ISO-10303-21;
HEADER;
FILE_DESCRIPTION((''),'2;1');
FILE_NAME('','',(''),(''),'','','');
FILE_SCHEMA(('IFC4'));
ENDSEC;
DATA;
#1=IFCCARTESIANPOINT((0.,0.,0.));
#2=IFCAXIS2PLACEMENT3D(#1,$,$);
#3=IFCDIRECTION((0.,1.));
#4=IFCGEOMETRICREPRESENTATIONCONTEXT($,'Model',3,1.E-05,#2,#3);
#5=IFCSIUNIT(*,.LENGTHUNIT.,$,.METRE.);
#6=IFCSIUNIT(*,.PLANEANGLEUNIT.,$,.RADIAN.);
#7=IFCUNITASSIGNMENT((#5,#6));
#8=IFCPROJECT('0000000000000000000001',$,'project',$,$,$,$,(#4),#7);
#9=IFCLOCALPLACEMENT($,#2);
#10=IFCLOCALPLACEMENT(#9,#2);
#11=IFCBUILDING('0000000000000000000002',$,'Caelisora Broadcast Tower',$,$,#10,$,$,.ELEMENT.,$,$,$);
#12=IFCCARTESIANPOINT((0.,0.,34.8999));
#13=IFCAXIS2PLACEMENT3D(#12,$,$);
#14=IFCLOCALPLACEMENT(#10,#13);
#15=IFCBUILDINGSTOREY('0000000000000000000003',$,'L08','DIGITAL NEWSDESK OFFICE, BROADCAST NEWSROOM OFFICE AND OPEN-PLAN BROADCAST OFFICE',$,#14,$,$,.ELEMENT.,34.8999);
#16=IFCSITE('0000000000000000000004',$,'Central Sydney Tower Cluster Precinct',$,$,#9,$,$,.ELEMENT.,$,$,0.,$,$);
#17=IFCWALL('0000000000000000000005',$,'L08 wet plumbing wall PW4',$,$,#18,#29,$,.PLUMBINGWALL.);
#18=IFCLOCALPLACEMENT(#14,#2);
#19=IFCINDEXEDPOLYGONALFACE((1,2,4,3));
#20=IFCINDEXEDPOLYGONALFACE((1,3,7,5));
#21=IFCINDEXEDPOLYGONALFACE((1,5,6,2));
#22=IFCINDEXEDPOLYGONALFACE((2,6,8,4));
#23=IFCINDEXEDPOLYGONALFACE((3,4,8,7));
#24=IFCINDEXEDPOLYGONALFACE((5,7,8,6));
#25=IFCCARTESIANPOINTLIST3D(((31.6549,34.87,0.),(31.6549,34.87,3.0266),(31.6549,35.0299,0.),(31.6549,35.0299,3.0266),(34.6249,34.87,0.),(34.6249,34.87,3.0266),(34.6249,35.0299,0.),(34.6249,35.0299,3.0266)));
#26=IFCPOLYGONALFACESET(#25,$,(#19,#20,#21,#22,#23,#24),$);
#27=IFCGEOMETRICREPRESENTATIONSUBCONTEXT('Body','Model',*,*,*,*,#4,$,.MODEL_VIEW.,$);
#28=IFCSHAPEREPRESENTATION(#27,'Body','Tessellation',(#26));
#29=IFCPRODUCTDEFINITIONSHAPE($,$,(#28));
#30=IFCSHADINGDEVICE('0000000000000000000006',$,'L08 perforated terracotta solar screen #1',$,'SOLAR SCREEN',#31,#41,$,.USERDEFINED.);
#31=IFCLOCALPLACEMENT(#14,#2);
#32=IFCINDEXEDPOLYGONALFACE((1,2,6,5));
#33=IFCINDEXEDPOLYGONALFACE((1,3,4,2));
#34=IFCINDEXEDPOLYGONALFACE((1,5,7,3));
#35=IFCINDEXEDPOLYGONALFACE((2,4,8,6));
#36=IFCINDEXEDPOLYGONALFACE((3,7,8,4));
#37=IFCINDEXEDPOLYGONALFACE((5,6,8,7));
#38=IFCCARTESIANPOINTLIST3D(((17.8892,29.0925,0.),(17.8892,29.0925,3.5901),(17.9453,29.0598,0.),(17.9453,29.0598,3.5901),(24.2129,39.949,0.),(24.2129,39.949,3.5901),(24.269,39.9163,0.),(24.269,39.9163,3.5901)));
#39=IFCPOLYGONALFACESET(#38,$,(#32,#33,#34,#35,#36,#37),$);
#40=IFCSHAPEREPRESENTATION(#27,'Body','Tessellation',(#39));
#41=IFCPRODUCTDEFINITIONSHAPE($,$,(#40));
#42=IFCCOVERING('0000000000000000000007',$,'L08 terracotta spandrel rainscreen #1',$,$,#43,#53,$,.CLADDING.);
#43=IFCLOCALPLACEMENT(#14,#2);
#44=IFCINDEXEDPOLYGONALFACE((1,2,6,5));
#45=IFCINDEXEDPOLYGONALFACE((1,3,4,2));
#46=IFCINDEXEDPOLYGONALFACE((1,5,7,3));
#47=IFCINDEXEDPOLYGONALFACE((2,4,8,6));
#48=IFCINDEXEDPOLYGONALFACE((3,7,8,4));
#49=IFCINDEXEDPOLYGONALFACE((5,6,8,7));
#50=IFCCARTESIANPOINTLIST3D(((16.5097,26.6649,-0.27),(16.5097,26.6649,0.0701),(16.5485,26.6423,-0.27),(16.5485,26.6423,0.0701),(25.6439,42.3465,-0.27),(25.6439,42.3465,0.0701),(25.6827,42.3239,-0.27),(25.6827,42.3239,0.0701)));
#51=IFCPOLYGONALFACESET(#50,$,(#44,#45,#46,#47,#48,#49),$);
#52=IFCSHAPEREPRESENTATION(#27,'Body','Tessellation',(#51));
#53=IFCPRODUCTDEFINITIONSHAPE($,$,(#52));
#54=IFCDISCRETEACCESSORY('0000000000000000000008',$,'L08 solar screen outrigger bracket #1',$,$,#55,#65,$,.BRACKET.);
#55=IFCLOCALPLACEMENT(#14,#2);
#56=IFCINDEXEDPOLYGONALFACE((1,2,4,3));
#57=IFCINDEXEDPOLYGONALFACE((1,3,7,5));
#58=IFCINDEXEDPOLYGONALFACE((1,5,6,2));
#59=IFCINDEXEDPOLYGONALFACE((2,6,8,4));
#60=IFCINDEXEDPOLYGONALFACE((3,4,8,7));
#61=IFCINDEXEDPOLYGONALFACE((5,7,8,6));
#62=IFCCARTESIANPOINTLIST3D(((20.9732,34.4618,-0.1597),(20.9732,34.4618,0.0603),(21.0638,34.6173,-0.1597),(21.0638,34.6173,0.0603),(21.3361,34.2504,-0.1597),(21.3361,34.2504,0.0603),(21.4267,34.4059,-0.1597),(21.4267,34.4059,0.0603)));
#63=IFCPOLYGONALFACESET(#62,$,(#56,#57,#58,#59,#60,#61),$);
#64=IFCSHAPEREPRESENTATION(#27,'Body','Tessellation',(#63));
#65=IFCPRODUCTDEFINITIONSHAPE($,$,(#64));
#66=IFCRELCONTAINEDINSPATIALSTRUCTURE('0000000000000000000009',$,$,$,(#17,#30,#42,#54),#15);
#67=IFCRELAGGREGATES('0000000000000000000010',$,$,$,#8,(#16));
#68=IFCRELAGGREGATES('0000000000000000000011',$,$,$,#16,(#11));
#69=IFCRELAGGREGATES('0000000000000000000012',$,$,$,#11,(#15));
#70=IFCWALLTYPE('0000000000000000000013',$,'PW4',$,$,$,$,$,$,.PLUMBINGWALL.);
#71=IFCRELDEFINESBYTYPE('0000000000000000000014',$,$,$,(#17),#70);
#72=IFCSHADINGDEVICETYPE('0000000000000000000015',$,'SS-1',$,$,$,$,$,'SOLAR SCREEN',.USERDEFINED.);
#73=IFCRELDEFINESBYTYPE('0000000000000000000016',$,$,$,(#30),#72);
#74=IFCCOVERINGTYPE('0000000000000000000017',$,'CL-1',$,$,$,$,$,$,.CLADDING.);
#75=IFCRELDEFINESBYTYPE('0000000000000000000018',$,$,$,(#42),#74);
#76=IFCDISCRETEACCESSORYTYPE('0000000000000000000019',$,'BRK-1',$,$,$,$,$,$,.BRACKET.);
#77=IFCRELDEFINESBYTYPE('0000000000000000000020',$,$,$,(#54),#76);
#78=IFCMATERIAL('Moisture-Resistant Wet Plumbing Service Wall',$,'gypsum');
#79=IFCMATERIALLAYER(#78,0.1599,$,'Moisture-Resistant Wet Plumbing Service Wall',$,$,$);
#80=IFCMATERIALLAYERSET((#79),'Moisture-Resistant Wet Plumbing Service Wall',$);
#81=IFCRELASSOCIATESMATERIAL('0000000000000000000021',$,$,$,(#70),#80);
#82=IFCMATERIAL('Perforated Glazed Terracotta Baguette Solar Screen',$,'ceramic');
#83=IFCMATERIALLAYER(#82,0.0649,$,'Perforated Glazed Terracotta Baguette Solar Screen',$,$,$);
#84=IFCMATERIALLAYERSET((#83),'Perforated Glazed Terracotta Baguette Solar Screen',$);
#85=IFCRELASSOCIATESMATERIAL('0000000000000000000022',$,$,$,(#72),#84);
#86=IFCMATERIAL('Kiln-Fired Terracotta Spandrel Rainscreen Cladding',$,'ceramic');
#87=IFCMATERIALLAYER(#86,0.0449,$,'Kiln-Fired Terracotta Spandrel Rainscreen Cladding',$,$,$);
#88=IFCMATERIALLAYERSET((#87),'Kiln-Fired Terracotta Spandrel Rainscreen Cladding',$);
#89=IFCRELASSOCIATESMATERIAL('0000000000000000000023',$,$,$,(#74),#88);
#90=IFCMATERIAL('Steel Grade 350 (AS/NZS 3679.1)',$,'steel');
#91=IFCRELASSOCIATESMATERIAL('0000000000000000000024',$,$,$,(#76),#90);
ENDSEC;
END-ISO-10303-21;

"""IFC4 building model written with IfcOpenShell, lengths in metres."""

from ifc_helpers import new_model, si_unit, direction, frame, frame_2d, origin, origin_2d, place, context, subcontext, project, spatial, rectangle, extrude, source, transform, mapped, material, layer, layer_set, type_object, type_shapes, element, save


model = new_model("IFC4")

# Units and contexts
model_context = context("Model", 3, precision=1e-05, world=origin(), true_north=direction((0.0, 1.0)))
body_context = subcontext(model_context, "Body", "Model", "MODEL_VIEW")
ifc_project = project(units=[si_unit("LENGTHUNIT", "METRE"), si_unit("PLANEANGLEUNIT", "RADIAN")], contexts=[model_context])

# Site, building, storey
site_placement = place(None, origin())
site = spatial("IfcSite", under=ifc_project, at=site_placement, Name="Central Sydney Tower Cluster Precinct", CompositionType="ELEMENT", RefElevation=0.0)
building_placement = place(site_placement, origin())
building = spatial("IfcBuilding", under=site, at=building_placement, Name="Caelisora Broadcast Tower", CompositionType="ELEMENT")
storey_placement = place(building_placement, frame((0.0, 0.0, 34.8999)))
storey = spatial("IfcBuildingStorey", under=building, at=storey_placement, Name="L08", Description="DIGITAL NEWSDESK OFFICE, BROADCAST NEWSROOM OFFICE AND OPEN-PLAN BROADCAST OFFICE", CompositionType="ELEMENT", Elevation=34.8999)

# Shared definitions
ifc_material_1 = material(Name="Steel Grade 350 (AS/NZS 3679.1)", Category="steel")

# Shared definitions
ifc_material_2 = material(Name="Moisture-Resistant Wet Plumbing Service Wall", Category="gypsum")
ifc_layer_1 = layer(ifc_material_2, 0.1599, Name="Moisture-Resistant Wet Plumbing Service Wall")
ifc_layer_set_1 = layer_set([ifc_layer_1], Name="Moisture-Resistant Wet Plumbing Service Wall")
wall_type = type_object("IfcWallType", Name="PW4", PredefinedType="PLUMBINGWALL", material=ifc_layer_set_1)

# Wall
wall_1_placement = place(storey_placement, frame((31.655, 34.95, 0.0), z_axis=(0.0, 0.0, 1.0), x_axis=(1.0, 0.0, 0.0)))
element("IfcWall", 1, at=wall_1_placement, inside=storey, type_object=wall_type, Name="L08 wet plumbing wall PW4", PredefinedType="PLUMBINGWALL", context=body_context, shape_type="SweptSolid", body=[
    extrude(rectangle(XDim=2.97, YDim=0.1599, at=frame_2d((1.4849, 0.0))), origin(), (0.0, 0.0, 1.0), 3.0266),
])

# Shading device
ifc_material_3 = material(Name="Perforated Glazed Terracotta Baguette Solar Screen", Category="ceramic")
ifc_layer_2 = layer(ifc_material_3, 0.0649, Name="Perforated Glazed Terracotta Baguette Solar Screen")
ifc_layer_set_2 = layer_set([ifc_layer_2], Name="Perforated Glazed Terracotta Baguette Solar Screen")
shading_device_type = type_object("IfcShadingDeviceType", Name="SS-1", ElementType="SOLAR SCREEN", PredefinedType="USERDEFINED", material=ifc_layer_set_2)
shared_shape_1 = source(origin(), body_context, "Body", "SweptSolid", [
    extrude(rectangle(XDim=12.564, YDim=0.0649, at=origin_2d()), origin(), (0.0, 0.0, 1.0), 3.5901),
])
type_shapes(shading_device_type, [shared_shape_1])
shading_device_placement = place(storey_placement, frame((21.0791, 34.5044, 0.0), z_axis=(0.0, 0.0, 1.0), x_axis=(-0.503322, -0.864099, 0.0)))
element("IfcShadingDevice", 2, at=shading_device_placement, inside=storey, type_object=shading_device_type, Name="L08 perforated terracotta solar screen #1", ObjectType="SOLAR SCREEN", PredefinedType="USERDEFINED", context=body_context, shape_type="MappedRepresentation", body=[
    mapped(shared_shape_1, transform((0.0, 0.0, 0.0), scale=1.0)),
])

# Covering
ifc_material_4 = material(Name="Kiln-Fired Terracotta Spandrel Rainscreen Cladding", Category="ceramic")
ifc_layer_3 = layer(ifc_material_4, 0.0449, Name="Kiln-Fired Terracotta Spandrel Rainscreen Cladding")
ifc_layer_set_3 = layer_set([ifc_layer_3], Name="Kiln-Fired Terracotta Spandrel Rainscreen Cladding")
covering_type = type_object("IfcCoveringType", Name="CL-1", PredefinedType="CLADDING", material=ifc_layer_set_3)
shared_shape_2 = source(origin(), body_context, "Body", "SweptSolid", [
    extrude(rectangle(XDim=18.1479, YDim=0.0449, at=origin_2d()), origin(), (0.0, 0.0, 1.0), 0.3401),
])
type_shapes(covering_type, [shared_shape_2])
covering_placement = place(storey_placement, frame((21.0962, 34.4944, -0.27), z_axis=(0.0, 0.0, 1.0), x_axis=(-0.503322, -0.864099, 0.0)))
element("IfcCovering", 3, at=covering_placement, inside=storey, type_object=covering_type, Name="L08 terracotta spandrel rainscreen #1", PredefinedType="CLADDING", context=body_context, shape_type="MappedRepresentation", body=[
    mapped(shared_shape_2, transform((0.0, 0.0, 0.0), scale=1.0)),
])

# Discrete accessory
discrete_accessory_type = type_object("IfcDiscreteAccessoryType", Name="BRK-1", PredefinedType="BRACKET", material=ifc_material_1)
shared_shape_3 = source(origin(), body_context, "Body", "SweptSolid", [
    extrude(rectangle(XDim=0.1799, YDim=0.4199, at=origin_2d()), origin(), (0.0, 0.0, 1.0), 0.22),
])
type_shapes(discrete_accessory_type, [shared_shape_3])
discrete_accessory_placement = place(storey_placement, frame((21.2, 34.4338, -0.1597), z_axis=(0.0, 0.0, 1.0), x_axis=(-0.503322, -0.864099, 0.0)))
element("IfcDiscreteAccessory", 4, at=discrete_accessory_placement, inside=storey, type_object=discrete_accessory_type, Name="L08 solar screen outrigger bracket #1", PredefinedType="BRACKET", context=body_context, shape_type="MappedRepresentation", body=[
    mapped(shared_shape_3, transform((0.0, 0.0, 0.0), scale=1.0)),
])

save(model, "model.ifc")
